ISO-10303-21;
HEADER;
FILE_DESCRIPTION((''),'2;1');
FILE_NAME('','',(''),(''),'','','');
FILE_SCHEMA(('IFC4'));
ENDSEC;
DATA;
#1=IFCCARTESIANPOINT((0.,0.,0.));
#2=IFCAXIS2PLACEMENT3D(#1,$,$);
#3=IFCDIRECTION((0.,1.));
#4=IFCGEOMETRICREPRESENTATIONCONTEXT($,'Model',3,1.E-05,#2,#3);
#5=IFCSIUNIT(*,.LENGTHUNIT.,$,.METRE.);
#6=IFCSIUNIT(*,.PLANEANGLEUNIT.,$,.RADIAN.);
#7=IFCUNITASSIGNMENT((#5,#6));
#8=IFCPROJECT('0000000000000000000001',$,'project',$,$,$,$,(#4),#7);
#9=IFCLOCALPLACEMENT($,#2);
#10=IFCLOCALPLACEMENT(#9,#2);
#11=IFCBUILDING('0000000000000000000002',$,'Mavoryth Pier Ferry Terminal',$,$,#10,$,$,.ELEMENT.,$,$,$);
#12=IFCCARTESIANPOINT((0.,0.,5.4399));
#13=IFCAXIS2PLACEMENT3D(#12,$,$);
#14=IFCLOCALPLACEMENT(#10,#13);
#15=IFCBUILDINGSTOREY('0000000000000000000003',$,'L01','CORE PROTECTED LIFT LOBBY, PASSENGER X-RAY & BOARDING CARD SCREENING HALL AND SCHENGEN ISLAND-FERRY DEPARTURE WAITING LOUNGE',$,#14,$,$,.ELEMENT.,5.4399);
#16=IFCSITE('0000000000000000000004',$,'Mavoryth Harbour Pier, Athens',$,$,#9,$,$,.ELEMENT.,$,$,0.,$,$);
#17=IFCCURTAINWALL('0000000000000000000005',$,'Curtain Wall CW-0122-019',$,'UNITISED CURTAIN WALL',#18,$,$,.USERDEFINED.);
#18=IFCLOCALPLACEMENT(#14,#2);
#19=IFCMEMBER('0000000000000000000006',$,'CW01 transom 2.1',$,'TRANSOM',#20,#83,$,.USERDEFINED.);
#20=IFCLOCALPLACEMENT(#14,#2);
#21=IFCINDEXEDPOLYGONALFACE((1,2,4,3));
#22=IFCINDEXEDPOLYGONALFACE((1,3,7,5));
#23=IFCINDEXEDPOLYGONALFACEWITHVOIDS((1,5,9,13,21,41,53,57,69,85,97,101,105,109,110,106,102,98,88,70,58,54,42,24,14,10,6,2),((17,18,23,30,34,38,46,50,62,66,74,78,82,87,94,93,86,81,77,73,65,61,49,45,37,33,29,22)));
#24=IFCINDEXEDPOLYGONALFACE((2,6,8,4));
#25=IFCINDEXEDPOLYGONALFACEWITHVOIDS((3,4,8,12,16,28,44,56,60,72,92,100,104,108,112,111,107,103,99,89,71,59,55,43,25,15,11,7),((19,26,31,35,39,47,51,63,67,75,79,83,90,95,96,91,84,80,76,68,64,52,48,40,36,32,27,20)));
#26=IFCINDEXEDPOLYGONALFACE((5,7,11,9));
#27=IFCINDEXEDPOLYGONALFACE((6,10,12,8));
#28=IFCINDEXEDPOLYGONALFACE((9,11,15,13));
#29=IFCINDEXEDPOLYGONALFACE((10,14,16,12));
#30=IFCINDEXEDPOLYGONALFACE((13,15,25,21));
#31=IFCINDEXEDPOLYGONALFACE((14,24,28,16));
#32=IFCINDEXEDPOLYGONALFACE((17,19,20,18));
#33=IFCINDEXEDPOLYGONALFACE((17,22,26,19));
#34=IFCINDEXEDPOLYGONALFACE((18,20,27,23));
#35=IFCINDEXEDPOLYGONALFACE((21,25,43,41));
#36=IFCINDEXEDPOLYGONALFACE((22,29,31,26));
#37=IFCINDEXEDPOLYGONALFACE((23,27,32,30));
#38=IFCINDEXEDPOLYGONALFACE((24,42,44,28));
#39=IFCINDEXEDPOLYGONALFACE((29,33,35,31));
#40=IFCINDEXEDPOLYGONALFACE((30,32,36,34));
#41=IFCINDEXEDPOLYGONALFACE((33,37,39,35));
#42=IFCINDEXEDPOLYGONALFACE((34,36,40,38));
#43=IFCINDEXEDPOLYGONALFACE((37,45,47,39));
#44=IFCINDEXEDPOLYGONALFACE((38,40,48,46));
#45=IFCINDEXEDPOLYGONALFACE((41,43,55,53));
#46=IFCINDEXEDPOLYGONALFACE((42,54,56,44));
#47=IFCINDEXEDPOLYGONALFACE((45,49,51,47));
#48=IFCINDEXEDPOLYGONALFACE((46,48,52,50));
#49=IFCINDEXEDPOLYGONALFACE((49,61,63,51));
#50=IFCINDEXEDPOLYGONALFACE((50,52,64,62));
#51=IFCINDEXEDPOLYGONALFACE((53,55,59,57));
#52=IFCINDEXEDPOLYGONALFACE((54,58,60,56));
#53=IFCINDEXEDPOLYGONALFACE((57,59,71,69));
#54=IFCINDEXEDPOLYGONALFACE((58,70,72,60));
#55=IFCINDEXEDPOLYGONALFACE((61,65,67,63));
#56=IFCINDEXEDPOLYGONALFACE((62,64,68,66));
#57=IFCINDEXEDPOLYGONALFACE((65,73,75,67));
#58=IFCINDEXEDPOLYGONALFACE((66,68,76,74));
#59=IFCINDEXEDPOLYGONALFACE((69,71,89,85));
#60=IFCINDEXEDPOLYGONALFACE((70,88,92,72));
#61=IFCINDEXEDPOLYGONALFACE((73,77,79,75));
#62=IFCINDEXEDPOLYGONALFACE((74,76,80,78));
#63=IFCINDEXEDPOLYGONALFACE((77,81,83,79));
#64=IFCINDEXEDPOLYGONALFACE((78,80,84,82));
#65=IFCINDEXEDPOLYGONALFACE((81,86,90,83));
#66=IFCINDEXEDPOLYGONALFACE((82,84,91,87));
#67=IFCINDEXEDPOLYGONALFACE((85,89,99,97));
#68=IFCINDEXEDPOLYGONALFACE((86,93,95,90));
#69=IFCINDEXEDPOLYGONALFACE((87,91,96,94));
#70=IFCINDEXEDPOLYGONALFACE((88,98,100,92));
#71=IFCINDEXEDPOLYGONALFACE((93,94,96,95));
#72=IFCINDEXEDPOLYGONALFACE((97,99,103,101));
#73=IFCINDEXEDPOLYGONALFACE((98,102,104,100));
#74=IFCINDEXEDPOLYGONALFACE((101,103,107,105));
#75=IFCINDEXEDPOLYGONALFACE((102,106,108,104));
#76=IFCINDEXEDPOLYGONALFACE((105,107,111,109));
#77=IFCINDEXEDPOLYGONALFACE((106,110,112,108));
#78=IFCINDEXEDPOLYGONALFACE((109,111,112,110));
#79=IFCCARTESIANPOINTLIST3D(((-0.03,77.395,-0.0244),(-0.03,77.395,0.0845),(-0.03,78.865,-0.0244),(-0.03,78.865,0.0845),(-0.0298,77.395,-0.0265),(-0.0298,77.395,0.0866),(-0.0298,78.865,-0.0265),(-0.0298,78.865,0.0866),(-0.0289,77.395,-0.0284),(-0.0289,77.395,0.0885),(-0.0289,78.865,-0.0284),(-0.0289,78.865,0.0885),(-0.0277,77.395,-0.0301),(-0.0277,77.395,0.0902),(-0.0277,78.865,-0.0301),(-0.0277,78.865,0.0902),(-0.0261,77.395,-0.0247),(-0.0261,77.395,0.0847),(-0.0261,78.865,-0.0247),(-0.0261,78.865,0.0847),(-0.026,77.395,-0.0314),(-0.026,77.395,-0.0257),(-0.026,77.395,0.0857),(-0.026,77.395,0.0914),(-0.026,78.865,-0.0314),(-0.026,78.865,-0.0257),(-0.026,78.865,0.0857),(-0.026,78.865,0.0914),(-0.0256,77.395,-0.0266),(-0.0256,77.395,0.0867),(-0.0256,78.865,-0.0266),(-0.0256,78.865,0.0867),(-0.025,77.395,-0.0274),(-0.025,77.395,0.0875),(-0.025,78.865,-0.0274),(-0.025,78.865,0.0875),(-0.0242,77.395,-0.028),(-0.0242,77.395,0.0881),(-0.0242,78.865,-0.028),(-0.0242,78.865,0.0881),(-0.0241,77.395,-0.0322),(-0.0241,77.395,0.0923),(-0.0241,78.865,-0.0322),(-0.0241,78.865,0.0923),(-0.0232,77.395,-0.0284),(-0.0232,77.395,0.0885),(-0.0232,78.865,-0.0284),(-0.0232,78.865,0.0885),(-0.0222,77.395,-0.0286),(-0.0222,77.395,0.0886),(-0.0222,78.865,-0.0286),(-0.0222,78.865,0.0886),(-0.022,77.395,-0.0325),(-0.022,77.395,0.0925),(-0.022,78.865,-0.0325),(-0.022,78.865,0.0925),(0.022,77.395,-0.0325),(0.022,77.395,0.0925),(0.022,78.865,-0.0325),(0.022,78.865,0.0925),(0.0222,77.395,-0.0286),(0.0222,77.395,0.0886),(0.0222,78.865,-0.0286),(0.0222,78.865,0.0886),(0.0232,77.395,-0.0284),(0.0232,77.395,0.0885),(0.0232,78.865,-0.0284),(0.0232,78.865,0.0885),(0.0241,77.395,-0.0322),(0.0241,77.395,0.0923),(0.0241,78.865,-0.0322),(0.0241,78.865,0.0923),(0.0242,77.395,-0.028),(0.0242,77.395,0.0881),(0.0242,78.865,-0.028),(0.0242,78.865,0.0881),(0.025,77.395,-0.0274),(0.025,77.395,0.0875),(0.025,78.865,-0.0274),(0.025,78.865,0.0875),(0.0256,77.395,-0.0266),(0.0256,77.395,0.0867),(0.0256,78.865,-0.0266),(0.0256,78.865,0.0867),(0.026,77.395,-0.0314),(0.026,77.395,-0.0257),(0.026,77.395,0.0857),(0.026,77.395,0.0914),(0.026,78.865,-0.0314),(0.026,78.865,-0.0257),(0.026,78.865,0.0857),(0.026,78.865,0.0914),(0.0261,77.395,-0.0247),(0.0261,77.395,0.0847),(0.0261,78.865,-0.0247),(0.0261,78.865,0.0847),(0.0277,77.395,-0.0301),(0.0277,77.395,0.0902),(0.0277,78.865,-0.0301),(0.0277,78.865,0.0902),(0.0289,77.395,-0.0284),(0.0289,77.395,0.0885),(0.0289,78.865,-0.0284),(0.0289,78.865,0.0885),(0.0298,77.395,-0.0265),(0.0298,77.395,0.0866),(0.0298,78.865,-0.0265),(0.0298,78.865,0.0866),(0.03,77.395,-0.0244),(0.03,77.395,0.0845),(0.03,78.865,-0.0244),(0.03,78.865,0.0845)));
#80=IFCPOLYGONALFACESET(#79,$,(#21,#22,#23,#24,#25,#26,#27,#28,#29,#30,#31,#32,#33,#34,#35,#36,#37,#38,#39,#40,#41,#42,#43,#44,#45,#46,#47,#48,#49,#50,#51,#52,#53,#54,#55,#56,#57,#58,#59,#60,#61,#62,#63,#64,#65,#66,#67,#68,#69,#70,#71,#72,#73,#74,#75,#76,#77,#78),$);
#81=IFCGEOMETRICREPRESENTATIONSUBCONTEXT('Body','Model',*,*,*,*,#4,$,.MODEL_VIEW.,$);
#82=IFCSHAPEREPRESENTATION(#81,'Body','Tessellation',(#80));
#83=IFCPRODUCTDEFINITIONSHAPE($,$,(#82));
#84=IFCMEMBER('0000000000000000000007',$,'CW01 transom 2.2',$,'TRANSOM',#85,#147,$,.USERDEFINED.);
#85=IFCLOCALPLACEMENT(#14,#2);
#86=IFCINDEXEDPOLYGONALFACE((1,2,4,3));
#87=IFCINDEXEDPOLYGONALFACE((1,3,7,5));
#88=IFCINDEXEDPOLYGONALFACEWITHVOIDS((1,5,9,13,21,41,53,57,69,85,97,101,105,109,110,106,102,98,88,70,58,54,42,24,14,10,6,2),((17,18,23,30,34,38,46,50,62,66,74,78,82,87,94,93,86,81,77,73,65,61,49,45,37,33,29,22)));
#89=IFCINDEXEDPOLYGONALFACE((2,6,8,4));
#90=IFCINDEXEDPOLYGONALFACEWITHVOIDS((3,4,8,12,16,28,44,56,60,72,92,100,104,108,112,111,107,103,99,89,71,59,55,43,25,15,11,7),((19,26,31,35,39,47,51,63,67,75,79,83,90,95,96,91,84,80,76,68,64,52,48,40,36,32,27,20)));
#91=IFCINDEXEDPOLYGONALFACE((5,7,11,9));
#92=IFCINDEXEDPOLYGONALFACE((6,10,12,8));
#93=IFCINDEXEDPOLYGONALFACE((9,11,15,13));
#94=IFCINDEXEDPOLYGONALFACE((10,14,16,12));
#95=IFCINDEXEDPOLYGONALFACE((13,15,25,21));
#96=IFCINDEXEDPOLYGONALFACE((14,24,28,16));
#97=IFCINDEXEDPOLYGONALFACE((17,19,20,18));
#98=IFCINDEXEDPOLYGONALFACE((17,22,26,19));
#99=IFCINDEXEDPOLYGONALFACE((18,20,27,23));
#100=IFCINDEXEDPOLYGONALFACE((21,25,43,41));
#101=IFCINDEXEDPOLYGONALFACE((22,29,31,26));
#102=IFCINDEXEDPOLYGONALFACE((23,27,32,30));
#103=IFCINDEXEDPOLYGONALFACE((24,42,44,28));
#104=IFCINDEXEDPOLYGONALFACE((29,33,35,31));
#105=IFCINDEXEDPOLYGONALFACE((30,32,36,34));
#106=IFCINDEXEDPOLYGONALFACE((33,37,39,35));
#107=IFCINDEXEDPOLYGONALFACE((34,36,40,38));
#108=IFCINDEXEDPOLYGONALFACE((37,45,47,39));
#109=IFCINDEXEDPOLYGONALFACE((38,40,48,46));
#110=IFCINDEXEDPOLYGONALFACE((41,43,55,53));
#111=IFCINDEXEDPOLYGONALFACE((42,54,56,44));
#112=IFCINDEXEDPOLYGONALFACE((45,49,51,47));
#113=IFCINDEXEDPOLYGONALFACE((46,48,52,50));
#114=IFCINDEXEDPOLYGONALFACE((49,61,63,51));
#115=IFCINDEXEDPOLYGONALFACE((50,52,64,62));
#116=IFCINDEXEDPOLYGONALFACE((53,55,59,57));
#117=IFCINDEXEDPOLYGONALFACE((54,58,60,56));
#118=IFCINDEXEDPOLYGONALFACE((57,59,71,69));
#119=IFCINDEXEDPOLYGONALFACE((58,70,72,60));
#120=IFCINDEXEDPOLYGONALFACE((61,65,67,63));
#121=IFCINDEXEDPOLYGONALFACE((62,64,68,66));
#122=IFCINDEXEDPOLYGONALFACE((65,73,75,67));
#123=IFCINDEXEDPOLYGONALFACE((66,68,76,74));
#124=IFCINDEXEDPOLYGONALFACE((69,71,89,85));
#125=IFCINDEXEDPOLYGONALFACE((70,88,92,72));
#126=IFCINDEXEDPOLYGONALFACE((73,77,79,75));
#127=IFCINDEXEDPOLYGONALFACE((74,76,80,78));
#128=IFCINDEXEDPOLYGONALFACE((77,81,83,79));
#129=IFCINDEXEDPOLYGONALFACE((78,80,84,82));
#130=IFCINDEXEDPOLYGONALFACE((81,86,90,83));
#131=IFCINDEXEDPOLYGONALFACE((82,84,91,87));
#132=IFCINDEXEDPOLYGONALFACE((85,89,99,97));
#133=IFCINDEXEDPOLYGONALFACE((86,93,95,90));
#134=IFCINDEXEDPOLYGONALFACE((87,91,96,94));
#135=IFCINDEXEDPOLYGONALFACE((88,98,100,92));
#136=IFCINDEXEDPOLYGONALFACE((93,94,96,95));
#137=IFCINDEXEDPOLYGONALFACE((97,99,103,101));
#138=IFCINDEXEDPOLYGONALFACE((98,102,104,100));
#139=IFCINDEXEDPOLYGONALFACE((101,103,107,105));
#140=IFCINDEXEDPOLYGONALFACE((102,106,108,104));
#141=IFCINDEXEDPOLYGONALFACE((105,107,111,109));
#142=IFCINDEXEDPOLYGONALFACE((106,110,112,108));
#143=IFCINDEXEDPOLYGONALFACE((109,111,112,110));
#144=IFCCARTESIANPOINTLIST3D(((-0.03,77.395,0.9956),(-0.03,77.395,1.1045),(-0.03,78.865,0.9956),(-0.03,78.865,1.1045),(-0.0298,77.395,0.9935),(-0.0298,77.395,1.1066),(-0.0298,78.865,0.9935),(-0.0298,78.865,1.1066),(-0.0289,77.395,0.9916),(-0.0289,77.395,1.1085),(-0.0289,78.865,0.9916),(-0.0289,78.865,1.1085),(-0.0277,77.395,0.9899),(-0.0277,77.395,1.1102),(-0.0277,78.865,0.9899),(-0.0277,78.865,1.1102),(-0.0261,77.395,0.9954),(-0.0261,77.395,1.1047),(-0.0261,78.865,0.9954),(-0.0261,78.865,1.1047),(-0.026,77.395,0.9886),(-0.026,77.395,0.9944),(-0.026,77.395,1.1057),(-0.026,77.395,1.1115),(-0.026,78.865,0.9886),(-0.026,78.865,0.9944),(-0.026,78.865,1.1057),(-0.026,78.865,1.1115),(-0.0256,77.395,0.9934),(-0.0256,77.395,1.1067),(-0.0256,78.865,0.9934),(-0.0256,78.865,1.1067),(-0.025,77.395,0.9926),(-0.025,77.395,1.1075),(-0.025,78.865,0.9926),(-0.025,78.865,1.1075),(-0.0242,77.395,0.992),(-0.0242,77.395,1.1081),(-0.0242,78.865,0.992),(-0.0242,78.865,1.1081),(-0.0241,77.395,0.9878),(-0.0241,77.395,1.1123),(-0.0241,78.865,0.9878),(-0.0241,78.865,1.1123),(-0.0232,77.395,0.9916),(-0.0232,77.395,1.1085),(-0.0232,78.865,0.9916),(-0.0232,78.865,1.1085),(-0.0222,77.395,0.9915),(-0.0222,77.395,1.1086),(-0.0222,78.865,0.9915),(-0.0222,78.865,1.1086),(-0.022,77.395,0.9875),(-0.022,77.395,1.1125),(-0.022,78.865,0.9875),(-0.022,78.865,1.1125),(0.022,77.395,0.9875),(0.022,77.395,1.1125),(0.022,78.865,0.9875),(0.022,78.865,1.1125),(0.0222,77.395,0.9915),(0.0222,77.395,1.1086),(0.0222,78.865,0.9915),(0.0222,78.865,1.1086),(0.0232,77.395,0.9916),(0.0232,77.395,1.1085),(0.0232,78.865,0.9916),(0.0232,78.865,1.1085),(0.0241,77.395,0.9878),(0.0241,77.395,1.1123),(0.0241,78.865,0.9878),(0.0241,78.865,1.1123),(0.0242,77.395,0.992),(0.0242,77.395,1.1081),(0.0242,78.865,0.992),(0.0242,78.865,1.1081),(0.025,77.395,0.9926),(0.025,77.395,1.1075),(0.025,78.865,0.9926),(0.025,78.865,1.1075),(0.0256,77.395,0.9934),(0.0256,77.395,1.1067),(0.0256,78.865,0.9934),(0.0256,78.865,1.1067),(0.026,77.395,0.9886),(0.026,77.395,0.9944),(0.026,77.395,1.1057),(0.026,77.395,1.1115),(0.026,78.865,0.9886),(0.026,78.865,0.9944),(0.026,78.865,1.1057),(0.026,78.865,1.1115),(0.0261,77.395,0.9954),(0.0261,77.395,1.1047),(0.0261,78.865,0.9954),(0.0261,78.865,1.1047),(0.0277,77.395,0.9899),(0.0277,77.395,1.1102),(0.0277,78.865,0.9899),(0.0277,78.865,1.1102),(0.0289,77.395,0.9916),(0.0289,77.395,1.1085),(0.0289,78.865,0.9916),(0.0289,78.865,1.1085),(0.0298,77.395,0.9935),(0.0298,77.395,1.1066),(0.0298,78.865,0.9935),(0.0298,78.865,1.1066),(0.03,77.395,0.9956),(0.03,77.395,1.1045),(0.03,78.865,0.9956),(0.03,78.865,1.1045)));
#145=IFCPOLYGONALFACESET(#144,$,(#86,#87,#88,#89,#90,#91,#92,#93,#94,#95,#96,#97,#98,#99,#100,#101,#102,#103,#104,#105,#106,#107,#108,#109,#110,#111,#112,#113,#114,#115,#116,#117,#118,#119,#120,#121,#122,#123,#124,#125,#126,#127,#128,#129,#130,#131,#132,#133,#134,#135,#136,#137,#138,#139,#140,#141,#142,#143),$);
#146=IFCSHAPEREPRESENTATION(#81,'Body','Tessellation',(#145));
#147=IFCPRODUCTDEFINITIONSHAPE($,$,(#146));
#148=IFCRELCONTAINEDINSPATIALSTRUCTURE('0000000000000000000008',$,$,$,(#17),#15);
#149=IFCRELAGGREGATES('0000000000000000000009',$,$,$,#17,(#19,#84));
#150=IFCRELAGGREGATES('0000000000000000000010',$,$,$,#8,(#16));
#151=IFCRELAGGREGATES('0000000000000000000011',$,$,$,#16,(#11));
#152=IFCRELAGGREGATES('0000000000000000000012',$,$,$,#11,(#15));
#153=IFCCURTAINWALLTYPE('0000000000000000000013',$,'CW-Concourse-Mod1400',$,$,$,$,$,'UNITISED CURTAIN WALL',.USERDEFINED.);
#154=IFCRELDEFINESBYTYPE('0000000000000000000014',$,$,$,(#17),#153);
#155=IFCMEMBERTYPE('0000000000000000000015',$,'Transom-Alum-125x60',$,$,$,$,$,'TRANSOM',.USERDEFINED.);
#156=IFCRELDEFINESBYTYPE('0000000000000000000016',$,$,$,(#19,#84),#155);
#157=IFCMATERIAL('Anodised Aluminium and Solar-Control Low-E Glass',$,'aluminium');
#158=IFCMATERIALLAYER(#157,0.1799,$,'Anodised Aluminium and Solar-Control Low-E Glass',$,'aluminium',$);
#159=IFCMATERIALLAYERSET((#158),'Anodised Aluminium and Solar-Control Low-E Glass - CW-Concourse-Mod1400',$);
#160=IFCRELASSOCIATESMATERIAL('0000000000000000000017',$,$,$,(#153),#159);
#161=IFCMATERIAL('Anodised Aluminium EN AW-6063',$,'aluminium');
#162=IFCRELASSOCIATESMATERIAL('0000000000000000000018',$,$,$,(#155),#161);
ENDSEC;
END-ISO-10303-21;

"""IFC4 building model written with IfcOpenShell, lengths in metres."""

from ifc_helpers import new_model, si_unit, direction, frame, origin, origin_2d, place, context, subcontext, project, spatial, hollow_rectangle, extrude, material, layer, layer_set, material_profile, profile_set, type_object, element, aggregate, save


model = new_model("IFC4")

# Units and contexts
model_context = context("Model", 3, precision=1e-05, world=origin(), true_north=direction((0.0, 1.0)))
body_context = subcontext(model_context, "Body", "Model", "MODEL_VIEW")
ifc_project = project(units=[si_unit("LENGTHUNIT", "METRE"), si_unit("PLANEANGLEUNIT", "RADIAN")], contexts=[model_context])

# Site, building, storey
site_placement = place(None, origin())
site = spatial("IfcSite", under=ifc_project, at=site_placement, Name="Mavoryth Harbour Pier, Athens", CompositionType="ELEMENT", RefElevation=0.0)
building_placement = place(site_placement, origin())
building = spatial("IfcBuilding", under=site, at=building_placement, Name="Mavoryth Pier Ferry Terminal", CompositionType="ELEMENT")
storey_placement = place(building_placement, frame((0.0, 0.0, 5.4399)))
storey = spatial("IfcBuildingStorey", under=building, at=storey_placement, Name="L01", Description="CORE PROTECTED LIFT LOBBY, PASSENGER X-RAY & BOARDING CARD SCREENING HALL AND SCHENGEN ISLAND-FERRY DEPARTURE WAITING LOUNGE", CompositionType="ELEMENT", Elevation=5.4399)

# Curtain wall, members
ifc_material_1 = material(Name="Anodised Aluminium and Solar-Control Low-E Glass", Category="aluminium")
ifc_layer_1 = layer(ifc_material_1, 0.1799, Name="Anodised Aluminium and Solar-Control Low-E Glass", Category="aluminium")
ifc_layer_set_1 = layer_set([ifc_layer_1], Name="Anodised Aluminium and Solar-Control Low-E Glass - CW-Concourse-Mod1400")
curtain_wall_type = type_object("IfcCurtainWallType", Name="CW-Concourse-Mod1400", ElementType="UNITISED CURTAIN WALL", PredefinedType="USERDEFINED", material=ifc_layer_set_1)
curtain_wall_placement = place(storey_placement, origin())
curtain_wall = element("IfcCurtainWall", 1, at=curtain_wall_placement, inside=storey, type_object=curtain_wall_type, Name="Curtain Wall CW-0122-019", ObjectType="UNITISED CURTAIN WALL", PredefinedType="USERDEFINED")
ifc_material_2 = material(Name="Anodised Aluminium EN AW-6063", Category="aluminium")
ifc_material_profile_1 = material_profile(ifc_material_2, hollow_rectangle(XDim=0.0601, YDim=0.125, WallThickness=0.0039, InnerFilletRadius=0.0039, OuterFilletRadius=0.0081, at=origin_2d()), Name="AL-TRAN 125x60x4", Category="aluminium")
ifc_profile_set_1 = profile_set([ifc_material_profile_1], Name="Anodised Aluminium EN AW-6063 - AL-TRAN 125x60x4")
member_type_1 = type_object("IfcMemberType", Name="Transom-Alum-125x60", ElementType="TRANSOM", PredefinedType="USERDEFINED", material=ifc_profile_set_1)
member_1_placement = place(storey_placement, frame((0.0, 78.865, 0.03), z_axis=(0.0, -1.0, 0.0), x_axis=(1.0, 0.0, 0.0)))
member_1 = element("IfcMember", 2, at=member_1_placement, type_object=member_type_1, Name="CW01 transom 2.1", ObjectType="TRANSOM", PredefinedType="USERDEFINED", context=body_context, shape_type="SweptSolid", body=[
    extrude(hollow_rectangle(XDim=0.0601, YDim=0.125, WallThickness=0.0039, InnerFilletRadius=0.0039, OuterFilletRadius=0.0081, at=origin_2d()), origin(), (0.0, 0.0, 1.0), 1.47),
])
member_2_placement = place(storey_placement, frame((0.0, 78.865, 1.05), z_axis=(0.0, -1.0, 0.0), x_axis=(1.0, 0.0, 0.0)))
member_2 = element("IfcMember", 3, at=member_2_placement, type_object=member_type_1, Name="CW01 transom 2.2", ObjectType="TRANSOM", PredefinedType="USERDEFINED", context=body_context, shape_type="SweptSolid", body=[
    extrude(hollow_rectangle(XDim=0.0601, YDim=0.125, WallThickness=0.0039, InnerFilletRadius=0.0039, OuterFilletRadius=0.0081, at=origin_2d()), origin(), (0.0, 0.0, 1.0), 1.47),
])
aggregate(curtain_wall, [member_1, member_2])

save(model, "model.ifc")
